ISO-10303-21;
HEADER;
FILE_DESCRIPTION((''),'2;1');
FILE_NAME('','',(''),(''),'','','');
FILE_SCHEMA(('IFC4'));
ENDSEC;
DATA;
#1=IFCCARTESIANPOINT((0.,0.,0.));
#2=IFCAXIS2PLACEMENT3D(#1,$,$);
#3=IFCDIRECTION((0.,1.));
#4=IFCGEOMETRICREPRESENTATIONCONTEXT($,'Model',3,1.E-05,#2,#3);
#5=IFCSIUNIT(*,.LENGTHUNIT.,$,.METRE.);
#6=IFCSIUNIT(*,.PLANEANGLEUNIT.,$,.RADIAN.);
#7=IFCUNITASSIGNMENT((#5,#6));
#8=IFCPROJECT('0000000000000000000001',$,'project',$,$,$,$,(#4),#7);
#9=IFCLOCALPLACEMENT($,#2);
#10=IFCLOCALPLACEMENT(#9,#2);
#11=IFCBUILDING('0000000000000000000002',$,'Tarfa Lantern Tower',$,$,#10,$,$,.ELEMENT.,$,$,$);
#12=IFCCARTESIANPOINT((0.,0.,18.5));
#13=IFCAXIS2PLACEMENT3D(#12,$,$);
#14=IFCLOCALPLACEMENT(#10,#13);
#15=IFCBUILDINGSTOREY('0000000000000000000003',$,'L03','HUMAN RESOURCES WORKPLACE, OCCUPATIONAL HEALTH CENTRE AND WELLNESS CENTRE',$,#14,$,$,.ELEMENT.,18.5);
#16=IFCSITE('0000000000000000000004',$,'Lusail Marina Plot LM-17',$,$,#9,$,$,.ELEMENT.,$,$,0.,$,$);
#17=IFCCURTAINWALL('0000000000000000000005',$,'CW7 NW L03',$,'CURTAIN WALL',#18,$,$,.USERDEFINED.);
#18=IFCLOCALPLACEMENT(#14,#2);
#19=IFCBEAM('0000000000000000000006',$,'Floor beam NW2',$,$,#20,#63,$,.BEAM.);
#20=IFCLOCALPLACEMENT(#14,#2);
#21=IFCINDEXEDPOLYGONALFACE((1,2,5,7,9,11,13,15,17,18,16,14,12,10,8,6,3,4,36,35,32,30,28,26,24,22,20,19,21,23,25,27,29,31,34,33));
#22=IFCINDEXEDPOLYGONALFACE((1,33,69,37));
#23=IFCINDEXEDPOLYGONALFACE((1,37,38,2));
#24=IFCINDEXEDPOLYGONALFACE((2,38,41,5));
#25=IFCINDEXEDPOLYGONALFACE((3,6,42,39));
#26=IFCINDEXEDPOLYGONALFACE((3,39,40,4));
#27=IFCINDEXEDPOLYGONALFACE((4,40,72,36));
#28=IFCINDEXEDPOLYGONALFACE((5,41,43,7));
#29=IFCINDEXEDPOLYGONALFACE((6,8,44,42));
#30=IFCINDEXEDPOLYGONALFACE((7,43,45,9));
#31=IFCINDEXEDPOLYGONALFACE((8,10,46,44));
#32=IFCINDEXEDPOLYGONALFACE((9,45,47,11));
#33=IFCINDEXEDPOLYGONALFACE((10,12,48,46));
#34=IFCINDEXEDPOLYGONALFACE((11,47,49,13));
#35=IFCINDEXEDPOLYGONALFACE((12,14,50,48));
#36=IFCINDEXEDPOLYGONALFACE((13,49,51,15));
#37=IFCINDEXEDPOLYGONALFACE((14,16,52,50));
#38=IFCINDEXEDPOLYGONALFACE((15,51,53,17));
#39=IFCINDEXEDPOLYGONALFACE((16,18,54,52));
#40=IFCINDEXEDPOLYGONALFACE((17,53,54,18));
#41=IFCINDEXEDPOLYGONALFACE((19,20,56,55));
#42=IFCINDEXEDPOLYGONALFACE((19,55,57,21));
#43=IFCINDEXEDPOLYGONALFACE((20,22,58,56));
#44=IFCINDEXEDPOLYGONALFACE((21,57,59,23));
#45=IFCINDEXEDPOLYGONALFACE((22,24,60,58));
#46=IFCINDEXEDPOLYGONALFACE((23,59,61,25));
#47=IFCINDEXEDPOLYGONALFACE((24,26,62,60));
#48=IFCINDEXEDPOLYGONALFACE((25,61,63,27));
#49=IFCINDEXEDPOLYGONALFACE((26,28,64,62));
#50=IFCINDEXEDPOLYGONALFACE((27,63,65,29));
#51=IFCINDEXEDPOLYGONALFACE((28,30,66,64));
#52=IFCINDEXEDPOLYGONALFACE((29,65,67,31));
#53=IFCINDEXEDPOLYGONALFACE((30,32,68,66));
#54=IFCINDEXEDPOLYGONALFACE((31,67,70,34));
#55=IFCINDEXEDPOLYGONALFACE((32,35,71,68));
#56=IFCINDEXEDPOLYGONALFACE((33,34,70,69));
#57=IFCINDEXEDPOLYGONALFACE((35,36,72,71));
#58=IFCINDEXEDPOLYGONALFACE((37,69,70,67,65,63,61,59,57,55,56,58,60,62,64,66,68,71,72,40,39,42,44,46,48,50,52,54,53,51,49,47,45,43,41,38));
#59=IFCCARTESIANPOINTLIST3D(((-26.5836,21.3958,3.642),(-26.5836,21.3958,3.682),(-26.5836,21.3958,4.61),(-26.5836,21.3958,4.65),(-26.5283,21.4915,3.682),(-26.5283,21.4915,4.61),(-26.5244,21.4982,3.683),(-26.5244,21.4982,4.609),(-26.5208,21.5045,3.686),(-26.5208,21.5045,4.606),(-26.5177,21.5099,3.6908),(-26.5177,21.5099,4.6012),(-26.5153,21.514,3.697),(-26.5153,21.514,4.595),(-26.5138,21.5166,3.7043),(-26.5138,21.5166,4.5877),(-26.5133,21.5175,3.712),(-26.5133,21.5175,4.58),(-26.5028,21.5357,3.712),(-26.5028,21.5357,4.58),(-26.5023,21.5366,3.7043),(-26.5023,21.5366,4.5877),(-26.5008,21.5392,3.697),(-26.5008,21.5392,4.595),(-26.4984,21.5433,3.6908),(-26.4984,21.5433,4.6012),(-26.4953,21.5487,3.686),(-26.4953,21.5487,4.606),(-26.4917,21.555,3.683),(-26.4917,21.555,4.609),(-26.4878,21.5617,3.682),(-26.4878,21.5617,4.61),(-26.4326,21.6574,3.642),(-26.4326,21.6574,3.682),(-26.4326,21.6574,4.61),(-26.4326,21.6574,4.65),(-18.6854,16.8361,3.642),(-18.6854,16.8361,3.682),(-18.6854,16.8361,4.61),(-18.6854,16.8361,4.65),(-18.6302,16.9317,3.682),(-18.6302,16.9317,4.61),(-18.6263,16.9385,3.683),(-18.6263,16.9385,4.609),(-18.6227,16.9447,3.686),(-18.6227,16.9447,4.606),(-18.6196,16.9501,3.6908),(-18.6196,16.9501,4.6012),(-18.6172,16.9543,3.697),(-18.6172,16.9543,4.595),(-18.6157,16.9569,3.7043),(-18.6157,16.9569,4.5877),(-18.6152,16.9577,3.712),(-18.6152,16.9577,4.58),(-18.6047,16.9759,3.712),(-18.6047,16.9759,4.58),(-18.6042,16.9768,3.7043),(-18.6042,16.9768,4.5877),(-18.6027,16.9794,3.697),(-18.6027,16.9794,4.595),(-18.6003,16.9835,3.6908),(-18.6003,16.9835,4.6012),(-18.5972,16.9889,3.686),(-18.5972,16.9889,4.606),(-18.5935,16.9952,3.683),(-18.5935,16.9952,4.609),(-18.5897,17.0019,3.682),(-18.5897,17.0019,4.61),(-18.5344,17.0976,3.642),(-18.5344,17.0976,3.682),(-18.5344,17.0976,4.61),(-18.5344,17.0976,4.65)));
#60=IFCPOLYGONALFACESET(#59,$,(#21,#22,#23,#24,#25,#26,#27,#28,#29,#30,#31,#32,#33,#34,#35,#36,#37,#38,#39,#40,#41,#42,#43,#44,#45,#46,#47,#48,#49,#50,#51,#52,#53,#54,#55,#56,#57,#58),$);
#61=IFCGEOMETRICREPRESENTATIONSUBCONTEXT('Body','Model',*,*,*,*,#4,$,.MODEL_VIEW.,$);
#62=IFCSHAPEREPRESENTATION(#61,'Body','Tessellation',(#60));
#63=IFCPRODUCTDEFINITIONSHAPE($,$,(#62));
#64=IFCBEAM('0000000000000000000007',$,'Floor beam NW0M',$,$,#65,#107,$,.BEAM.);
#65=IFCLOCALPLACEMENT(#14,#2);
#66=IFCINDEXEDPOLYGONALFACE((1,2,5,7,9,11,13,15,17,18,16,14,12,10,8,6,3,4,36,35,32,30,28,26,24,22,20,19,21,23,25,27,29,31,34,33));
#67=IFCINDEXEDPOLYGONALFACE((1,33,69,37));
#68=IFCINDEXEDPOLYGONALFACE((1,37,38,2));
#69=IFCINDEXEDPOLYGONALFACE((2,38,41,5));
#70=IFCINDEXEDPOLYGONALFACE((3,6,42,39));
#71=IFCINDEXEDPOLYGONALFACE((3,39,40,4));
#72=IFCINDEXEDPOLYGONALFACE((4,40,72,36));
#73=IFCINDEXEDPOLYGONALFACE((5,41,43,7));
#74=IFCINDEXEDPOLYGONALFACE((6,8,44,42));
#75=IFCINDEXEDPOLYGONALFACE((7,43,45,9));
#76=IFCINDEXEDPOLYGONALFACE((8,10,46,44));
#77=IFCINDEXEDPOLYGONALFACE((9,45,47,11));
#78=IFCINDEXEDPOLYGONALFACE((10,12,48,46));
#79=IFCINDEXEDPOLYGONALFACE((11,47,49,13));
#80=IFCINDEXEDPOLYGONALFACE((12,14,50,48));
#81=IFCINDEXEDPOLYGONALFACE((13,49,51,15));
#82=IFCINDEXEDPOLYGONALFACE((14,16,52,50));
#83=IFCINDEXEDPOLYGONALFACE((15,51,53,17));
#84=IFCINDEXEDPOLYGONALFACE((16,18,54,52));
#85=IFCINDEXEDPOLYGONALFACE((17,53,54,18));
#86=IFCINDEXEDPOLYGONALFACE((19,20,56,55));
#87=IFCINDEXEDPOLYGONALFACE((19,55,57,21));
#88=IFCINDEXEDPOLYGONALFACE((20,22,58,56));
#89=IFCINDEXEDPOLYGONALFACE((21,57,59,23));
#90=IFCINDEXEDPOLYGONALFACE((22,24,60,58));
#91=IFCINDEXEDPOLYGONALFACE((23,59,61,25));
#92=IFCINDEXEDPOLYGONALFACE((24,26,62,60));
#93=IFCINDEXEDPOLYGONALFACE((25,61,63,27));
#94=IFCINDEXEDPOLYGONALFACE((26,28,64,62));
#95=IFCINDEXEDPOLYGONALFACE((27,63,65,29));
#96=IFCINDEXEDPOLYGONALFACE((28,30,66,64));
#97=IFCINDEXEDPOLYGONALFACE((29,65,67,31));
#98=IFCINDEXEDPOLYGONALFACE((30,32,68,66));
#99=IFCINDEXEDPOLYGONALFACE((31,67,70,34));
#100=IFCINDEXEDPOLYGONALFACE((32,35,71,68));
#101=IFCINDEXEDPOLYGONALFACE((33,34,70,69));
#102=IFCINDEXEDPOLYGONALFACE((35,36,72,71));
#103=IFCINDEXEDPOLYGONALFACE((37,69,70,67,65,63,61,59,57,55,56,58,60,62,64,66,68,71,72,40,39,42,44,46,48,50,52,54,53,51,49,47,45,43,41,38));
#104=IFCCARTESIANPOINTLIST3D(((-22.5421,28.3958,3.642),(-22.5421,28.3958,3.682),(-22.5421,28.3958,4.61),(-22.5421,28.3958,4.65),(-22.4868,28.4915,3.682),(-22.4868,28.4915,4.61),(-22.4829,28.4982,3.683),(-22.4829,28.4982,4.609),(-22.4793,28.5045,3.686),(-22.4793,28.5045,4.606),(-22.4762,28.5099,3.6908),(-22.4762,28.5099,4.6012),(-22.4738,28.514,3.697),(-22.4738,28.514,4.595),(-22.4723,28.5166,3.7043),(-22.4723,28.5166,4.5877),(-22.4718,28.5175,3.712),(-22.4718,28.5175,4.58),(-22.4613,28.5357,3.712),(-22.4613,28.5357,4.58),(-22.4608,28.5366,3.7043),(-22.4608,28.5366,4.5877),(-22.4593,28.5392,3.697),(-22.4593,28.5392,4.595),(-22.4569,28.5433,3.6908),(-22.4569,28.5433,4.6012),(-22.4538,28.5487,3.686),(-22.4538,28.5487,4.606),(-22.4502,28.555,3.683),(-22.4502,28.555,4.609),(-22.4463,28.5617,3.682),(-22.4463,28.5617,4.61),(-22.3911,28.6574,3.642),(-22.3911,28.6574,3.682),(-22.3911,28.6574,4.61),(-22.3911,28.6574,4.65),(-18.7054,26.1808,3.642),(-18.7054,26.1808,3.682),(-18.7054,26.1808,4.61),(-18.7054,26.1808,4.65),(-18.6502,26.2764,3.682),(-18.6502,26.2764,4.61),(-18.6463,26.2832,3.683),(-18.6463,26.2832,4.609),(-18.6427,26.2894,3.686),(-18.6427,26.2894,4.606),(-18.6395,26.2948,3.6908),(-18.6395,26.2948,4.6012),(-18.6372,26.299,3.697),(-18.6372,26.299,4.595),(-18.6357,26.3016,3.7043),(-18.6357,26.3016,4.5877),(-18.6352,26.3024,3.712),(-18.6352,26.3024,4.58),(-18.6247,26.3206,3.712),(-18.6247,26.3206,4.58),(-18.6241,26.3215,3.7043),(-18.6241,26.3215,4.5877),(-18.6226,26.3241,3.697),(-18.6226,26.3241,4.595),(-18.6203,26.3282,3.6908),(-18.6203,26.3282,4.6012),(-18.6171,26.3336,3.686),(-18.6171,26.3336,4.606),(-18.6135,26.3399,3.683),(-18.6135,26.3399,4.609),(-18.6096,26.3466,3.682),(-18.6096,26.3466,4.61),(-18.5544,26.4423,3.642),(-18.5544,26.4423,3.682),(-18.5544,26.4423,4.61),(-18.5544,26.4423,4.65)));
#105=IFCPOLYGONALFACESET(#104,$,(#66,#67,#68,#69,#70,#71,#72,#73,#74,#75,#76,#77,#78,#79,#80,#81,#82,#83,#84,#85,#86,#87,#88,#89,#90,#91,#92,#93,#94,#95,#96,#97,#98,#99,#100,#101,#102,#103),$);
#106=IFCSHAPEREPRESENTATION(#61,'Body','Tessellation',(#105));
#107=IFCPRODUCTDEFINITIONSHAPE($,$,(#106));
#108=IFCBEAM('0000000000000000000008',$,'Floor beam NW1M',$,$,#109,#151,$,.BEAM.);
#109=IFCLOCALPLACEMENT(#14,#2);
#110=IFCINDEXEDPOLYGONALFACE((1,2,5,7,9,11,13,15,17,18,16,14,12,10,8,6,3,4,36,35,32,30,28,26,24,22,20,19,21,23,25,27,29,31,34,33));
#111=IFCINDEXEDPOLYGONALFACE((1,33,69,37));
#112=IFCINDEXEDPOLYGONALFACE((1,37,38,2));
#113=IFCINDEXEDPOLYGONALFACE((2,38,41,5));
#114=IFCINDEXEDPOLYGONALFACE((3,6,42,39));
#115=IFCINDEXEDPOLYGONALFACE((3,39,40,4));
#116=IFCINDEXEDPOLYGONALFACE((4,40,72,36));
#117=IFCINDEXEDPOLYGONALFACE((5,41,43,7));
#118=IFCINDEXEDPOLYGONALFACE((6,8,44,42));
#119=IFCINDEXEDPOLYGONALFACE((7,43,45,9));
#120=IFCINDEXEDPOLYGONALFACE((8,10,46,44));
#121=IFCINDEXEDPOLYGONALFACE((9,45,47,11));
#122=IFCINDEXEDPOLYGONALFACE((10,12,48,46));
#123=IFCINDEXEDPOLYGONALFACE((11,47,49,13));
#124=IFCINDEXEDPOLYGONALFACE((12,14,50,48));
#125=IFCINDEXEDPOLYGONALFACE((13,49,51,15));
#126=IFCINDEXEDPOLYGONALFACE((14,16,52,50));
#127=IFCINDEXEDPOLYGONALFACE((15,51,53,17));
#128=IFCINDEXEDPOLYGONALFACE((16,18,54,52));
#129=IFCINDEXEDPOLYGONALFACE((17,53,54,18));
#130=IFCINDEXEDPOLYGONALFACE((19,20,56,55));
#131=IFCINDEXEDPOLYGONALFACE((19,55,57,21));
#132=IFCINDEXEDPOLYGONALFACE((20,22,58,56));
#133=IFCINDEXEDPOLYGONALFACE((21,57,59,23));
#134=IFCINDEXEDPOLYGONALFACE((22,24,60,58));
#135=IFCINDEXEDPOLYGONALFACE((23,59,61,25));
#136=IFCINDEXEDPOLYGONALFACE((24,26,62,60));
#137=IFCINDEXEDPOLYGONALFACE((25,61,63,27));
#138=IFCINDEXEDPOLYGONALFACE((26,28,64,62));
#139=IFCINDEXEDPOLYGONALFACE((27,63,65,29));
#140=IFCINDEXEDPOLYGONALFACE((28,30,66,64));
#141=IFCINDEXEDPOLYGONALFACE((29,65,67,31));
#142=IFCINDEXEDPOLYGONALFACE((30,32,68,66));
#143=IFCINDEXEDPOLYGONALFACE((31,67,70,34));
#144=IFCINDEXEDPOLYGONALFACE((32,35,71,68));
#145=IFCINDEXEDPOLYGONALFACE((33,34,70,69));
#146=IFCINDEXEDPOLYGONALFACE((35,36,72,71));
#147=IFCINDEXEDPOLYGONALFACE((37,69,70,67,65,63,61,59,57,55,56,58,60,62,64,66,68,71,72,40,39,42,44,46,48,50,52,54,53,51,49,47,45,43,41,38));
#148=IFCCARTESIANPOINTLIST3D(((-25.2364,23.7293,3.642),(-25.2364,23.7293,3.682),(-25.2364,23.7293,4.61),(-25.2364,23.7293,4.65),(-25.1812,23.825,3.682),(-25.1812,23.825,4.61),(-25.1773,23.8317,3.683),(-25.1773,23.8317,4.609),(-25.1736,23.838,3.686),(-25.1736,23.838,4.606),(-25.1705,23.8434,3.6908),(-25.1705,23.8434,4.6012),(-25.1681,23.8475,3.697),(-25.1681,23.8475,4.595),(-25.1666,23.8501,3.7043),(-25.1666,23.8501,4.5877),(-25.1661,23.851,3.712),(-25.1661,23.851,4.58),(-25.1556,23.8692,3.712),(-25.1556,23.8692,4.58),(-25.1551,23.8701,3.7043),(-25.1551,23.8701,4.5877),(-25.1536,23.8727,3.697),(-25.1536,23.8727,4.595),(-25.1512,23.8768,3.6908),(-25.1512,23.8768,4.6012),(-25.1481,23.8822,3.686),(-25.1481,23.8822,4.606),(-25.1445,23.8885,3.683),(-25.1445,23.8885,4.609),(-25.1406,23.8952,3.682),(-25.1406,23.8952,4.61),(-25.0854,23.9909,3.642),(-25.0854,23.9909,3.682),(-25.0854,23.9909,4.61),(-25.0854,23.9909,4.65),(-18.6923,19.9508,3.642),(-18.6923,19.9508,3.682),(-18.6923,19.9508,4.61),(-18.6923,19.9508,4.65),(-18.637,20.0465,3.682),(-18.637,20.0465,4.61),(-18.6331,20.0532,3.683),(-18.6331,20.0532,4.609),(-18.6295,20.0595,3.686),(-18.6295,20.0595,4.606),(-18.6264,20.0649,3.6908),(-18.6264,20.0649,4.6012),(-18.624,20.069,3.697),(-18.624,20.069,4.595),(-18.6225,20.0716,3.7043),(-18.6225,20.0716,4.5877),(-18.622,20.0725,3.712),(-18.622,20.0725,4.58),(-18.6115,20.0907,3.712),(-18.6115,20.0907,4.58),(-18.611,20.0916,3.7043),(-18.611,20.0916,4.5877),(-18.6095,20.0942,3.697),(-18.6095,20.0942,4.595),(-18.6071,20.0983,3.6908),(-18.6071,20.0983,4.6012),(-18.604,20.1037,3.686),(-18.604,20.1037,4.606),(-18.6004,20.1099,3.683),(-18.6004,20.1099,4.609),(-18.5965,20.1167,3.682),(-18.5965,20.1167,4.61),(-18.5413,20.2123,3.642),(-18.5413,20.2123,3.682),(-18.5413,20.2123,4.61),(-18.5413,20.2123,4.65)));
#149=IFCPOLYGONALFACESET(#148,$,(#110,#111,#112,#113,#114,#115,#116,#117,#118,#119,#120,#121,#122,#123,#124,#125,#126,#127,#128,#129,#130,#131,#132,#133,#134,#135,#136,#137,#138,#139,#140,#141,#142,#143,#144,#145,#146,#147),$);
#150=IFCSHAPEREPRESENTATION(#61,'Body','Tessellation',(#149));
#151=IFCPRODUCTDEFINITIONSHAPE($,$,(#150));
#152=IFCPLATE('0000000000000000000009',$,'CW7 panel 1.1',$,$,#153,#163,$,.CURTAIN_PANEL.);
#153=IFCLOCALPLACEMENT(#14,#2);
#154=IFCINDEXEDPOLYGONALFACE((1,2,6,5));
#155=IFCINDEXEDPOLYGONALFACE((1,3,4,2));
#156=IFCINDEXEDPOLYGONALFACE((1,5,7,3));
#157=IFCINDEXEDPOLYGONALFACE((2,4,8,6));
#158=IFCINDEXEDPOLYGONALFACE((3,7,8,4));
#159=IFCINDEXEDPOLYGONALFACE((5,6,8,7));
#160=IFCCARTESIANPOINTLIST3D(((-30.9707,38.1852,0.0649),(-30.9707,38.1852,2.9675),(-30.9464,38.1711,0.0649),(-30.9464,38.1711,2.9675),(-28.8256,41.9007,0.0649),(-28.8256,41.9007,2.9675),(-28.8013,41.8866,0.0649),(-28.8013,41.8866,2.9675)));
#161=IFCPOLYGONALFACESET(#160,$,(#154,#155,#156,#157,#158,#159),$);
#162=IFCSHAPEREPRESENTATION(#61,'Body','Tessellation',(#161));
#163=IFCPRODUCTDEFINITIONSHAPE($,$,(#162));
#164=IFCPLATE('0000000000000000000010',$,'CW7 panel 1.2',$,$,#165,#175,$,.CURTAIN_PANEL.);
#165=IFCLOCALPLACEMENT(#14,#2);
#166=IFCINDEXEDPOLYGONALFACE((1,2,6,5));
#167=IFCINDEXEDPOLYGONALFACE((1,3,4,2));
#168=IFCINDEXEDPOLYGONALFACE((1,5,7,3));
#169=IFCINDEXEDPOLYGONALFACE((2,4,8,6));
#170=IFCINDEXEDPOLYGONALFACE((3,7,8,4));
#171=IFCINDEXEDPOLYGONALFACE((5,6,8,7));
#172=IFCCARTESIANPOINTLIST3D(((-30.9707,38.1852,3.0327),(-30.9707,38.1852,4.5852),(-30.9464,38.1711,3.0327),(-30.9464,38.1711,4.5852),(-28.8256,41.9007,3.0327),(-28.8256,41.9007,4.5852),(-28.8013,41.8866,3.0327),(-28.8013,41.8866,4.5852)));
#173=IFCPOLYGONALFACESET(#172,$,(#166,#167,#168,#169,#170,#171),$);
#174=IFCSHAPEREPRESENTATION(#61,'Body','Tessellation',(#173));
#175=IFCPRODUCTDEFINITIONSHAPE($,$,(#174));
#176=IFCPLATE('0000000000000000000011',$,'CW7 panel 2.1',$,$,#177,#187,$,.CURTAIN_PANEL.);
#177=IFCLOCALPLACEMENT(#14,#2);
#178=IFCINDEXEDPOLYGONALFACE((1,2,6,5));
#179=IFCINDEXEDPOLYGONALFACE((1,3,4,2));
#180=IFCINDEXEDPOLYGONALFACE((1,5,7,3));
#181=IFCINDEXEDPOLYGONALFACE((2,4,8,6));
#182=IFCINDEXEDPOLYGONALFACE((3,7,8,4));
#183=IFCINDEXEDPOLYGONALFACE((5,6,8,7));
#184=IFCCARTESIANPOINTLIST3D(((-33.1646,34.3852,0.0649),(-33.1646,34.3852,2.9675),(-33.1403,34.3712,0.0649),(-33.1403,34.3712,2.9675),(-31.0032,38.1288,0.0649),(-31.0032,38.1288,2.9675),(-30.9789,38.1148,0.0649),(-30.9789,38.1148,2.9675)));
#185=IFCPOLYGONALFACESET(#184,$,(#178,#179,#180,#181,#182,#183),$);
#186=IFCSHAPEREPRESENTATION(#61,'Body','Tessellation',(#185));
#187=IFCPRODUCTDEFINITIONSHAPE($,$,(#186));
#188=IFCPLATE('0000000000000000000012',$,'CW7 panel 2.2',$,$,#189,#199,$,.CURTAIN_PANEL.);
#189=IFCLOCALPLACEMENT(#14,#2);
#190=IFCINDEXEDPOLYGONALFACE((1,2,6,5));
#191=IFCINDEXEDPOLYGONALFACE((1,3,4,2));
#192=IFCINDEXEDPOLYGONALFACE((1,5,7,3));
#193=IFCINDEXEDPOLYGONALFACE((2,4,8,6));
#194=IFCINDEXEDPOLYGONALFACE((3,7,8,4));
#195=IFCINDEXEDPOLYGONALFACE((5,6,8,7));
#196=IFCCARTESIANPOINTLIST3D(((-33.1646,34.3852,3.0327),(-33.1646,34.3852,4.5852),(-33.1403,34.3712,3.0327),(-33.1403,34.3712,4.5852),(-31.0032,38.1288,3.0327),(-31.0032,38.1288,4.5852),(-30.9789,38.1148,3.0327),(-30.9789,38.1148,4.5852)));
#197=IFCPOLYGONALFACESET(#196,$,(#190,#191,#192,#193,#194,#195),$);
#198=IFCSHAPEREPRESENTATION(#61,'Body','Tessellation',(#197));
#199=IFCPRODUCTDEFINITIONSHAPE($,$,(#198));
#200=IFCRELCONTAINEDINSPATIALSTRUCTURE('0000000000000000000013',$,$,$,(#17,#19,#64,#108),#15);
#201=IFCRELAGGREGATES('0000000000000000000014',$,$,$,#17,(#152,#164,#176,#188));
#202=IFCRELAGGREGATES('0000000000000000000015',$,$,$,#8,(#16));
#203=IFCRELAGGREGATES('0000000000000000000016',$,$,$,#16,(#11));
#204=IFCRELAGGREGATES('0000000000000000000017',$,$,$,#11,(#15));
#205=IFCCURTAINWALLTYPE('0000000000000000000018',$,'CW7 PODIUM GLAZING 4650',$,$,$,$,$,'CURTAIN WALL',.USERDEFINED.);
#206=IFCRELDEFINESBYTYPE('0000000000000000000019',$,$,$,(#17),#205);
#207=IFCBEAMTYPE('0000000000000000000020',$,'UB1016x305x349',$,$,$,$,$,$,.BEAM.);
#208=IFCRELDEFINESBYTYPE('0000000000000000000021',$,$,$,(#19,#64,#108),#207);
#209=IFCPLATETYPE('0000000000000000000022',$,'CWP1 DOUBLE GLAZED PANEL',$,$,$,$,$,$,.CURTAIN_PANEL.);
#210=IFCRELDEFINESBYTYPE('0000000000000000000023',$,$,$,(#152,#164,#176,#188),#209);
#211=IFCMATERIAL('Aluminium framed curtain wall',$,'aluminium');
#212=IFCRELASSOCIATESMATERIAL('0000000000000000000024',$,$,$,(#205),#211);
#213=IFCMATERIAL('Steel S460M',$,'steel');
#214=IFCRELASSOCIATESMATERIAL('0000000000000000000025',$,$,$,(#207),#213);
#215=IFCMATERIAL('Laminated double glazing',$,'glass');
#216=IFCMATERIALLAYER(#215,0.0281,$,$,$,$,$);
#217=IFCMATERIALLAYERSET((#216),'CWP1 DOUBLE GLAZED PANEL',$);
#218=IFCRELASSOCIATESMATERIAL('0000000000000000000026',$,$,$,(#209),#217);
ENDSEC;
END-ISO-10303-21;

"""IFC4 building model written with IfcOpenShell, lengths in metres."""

from ifc_helpers import new_model, si_unit, direction, frame, origin, origin_2d, place, context, subcontext, project, spatial, rectangle, i_section, extrude, material, layer, layer_set, material_profile, profile_set, type_object, element, aggregate, save


model = new_model("IFC4")

# Units and contexts
model_context = context("Model", 3, precision=1e-05, world=origin(), true_north=direction((0.0, 1.0)))
body_context = subcontext(model_context, "Body", "Model", "MODEL_VIEW")
ifc_project = project(units=[si_unit("LENGTHUNIT", "METRE"), si_unit("PLANEANGLEUNIT", "RADIAN")], contexts=[model_context])

# Site, building, storey
site_placement = place(None, origin())
site = spatial("IfcSite", under=ifc_project, at=site_placement, Name="Lusail Marina Plot LM-17", CompositionType="ELEMENT", RefElevation=0.0)
building_placement = place(site_placement, origin())
building = spatial("IfcBuilding", under=site, at=building_placement, Name="Tarfa Lantern Tower", CompositionType="ELEMENT")
storey_placement = place(building_placement, frame((0.0, 0.0, 18.5)))
storey = spatial("IfcBuildingStorey", under=building, at=storey_placement, Name="L03", Description="HUMAN RESOURCES WORKPLACE, OCCUPATIONAL HEALTH CENTRE AND WELLNESS CENTRE", CompositionType="ELEMENT", Elevation=18.5)

# Shared definitions
ifc_material_1 = material(Name="Aluminium framed curtain wall", Category="aluminium")
curtain_wall_type = type_object("IfcCurtainWallType", Name="CW7 PODIUM GLAZING 4650", ElementType="CURTAIN WALL", PredefinedType="USERDEFINED", material=ifc_material_1)

# Curtain wall
curtain_wall_1_placement = place(storey_placement, origin())
curtain_wall_1 = element("IfcCurtainWall", 1, at=curtain_wall_1_placement, inside=storey, type_object=curtain_wall_type, Name="CW7 NW L03", ObjectType="CURTAIN WALL", PredefinedType="USERDEFINED")

# Beams
ifc_material_2 = material(Name="Steel S460M", Category="steel")
ifc_material_profile_1 = material_profile(ifc_material_2, i_section(OverallWidth=0.302, OverallDepth=1.0081, WebThickness=0.021, FlangeThickness=0.04, FilletRadius=0.03, at=origin_2d()), Name="UB1016x305x349")
ifc_profile_set_1 = profile_set([ifc_material_profile_1], Name="Steel S460M")
beam_type_1 = type_object("IfcBeamType", Name="UB1016x305x349", PredefinedType="BEAM", material=ifc_profile_set_1)
beam_1_placement = place(storey_placement, frame((-26.5081, 21.5266, 4.146), z_axis=(0.866035, -0.499983, 0.0), x_axis=(0.499983, 0.866035, 0.0)))
element("IfcBeam", 2, at=beam_1_placement, inside=storey, type_object=beam_type_1, Name="Floor beam NW2", PredefinedType="BEAM", context=body_context, shape_type="SweptSolid", body=[
    extrude(i_section(OverallWidth=0.302, OverallDepth=1.0081, WebThickness=0.021, FlangeThickness=0.04, FilletRadius=0.03, at=origin_2d()), origin(), (0.0, 0.0, 1.0), 9.1199),
])
beam_2_placement = place(storey_placement, frame((-22.4666, 28.5266, 4.146), z_axis=(0.866027, -0.499998, 0.0), x_axis=(0.499998, 0.866027, 0.0)))
element("IfcBeam", 3, at=beam_2_placement, inside=storey, type_object=beam_type_1, Name="Floor beam NW0M", PredefinedType="BEAM", context=body_context, shape_type="SweptSolid", body=[
    extrude(i_section(OverallWidth=0.302, OverallDepth=1.0081, WebThickness=0.021, FlangeThickness=0.04, FilletRadius=0.03, at=origin_2d()), origin(), (0.0, 0.0, 1.0), 4.4302),
])
beam_3_placement = place(storey_placement, frame((-25.1609, 23.8601, 4.146), z_axis=(0.86601, -0.500027, 0.0), x_axis=(0.500027, 0.86601, 0.0)))
element("IfcBeam", 4, at=beam_3_placement, inside=storey, type_object=beam_type_1, Name="Floor beam NW1M", PredefinedType="BEAM", context=body_context, shape_type="SweptSolid", body=[
    extrude(i_section(OverallWidth=0.302, OverallDepth=1.0081, WebThickness=0.021, FlangeThickness=0.04, FilletRadius=0.03, at=origin_2d()), origin(), (0.0, 0.0, 1.0), 7.5566),
])

# Plates
ifc_material_3 = material(Name="Laminated double glazing", Category="glass")
ifc_layer = layer(ifc_material_3, 0.0281)
ifc_layer_set = layer_set([ifc_layer], Name="CWP1 DOUBLE GLAZED PANEL")
plate_type = type_object("IfcPlateType", Name="CWP1 DOUBLE GLAZED PANEL", PredefinedType="CURTAIN_PANEL", material=ifc_layer_set)
plate_1_placement = place(storey_placement, frame((-29.886, 40.0359, 0.0649), z_axis=(0.0, 0.0, 1.0), x_axis=(-0.5, -0.866025, 0.0)))
plate_1 = element("IfcPlate", 5, at=plate_1_placement, type_object=plate_type, Name="CW7 panel 1.1", PredefinedType="CURTAIN_PANEL", context=body_context, shape_type="SweptSolid", body=[
    extrude(rectangle(XDim=4.2903, YDim=0.0281, at=origin_2d()), origin(), (0.0, 0.0, 1.0), 2.9026),
])
plate_2_placement = place(storey_placement, frame((-29.886, 40.0359, 3.0327), z_axis=(0.0, 0.0, 1.0), x_axis=(-0.5, -0.866025, 0.0)))
plate_2 = element("IfcPlate", 6, at=plate_2_placement, type_object=plate_type, Name="CW7 panel 1.2", PredefinedType="CURTAIN_PANEL", context=body_context, shape_type="SweptSolid", body=[
    extrude(rectangle(XDim=4.2903, YDim=0.0281, at=origin_2d()), origin(), (0.0, 0.0, 1.0), 1.5525),
])
plate_3_placement = place(storey_placement, frame((-32.0718, 36.25, 0.0649), z_axis=(0.0, 0.0, 1.0), x_axis=(-0.5, -0.866025, 0.0)))
plate_3 = element("IfcPlate", 7, at=plate_3_placement, type_object=plate_type, Name="CW7 panel 2.1", PredefinedType="CURTAIN_PANEL", context=body_context, shape_type="SweptSolid", body=[
    extrude(rectangle(XDim=4.3228, YDim=0.0281, at=origin_2d()), origin(), (0.0, 0.0, 1.0), 2.9026),
])
plate_4_placement = place(storey_placement, frame((-32.0718, 36.25, 3.0327), z_axis=(0.0, 0.0, 1.0), x_axis=(-0.5, -0.866025, 0.0)))
plate_4 = element("IfcPlate", 8, at=plate_4_placement, type_object=plate_type, Name="CW7 panel 2.2", PredefinedType="CURTAIN_PANEL", context=body_context, shape_type="SweptSolid", body=[
    extrude(rectangle(XDim=4.3228, YDim=0.0281, at=origin_2d()), origin(), (0.0, 0.0, 1.0), 1.5525),
])
aggregate(curtain_wall_1, [plate_1, plate_2, plate_3, plate_4])

save(model, "model.ifc")
